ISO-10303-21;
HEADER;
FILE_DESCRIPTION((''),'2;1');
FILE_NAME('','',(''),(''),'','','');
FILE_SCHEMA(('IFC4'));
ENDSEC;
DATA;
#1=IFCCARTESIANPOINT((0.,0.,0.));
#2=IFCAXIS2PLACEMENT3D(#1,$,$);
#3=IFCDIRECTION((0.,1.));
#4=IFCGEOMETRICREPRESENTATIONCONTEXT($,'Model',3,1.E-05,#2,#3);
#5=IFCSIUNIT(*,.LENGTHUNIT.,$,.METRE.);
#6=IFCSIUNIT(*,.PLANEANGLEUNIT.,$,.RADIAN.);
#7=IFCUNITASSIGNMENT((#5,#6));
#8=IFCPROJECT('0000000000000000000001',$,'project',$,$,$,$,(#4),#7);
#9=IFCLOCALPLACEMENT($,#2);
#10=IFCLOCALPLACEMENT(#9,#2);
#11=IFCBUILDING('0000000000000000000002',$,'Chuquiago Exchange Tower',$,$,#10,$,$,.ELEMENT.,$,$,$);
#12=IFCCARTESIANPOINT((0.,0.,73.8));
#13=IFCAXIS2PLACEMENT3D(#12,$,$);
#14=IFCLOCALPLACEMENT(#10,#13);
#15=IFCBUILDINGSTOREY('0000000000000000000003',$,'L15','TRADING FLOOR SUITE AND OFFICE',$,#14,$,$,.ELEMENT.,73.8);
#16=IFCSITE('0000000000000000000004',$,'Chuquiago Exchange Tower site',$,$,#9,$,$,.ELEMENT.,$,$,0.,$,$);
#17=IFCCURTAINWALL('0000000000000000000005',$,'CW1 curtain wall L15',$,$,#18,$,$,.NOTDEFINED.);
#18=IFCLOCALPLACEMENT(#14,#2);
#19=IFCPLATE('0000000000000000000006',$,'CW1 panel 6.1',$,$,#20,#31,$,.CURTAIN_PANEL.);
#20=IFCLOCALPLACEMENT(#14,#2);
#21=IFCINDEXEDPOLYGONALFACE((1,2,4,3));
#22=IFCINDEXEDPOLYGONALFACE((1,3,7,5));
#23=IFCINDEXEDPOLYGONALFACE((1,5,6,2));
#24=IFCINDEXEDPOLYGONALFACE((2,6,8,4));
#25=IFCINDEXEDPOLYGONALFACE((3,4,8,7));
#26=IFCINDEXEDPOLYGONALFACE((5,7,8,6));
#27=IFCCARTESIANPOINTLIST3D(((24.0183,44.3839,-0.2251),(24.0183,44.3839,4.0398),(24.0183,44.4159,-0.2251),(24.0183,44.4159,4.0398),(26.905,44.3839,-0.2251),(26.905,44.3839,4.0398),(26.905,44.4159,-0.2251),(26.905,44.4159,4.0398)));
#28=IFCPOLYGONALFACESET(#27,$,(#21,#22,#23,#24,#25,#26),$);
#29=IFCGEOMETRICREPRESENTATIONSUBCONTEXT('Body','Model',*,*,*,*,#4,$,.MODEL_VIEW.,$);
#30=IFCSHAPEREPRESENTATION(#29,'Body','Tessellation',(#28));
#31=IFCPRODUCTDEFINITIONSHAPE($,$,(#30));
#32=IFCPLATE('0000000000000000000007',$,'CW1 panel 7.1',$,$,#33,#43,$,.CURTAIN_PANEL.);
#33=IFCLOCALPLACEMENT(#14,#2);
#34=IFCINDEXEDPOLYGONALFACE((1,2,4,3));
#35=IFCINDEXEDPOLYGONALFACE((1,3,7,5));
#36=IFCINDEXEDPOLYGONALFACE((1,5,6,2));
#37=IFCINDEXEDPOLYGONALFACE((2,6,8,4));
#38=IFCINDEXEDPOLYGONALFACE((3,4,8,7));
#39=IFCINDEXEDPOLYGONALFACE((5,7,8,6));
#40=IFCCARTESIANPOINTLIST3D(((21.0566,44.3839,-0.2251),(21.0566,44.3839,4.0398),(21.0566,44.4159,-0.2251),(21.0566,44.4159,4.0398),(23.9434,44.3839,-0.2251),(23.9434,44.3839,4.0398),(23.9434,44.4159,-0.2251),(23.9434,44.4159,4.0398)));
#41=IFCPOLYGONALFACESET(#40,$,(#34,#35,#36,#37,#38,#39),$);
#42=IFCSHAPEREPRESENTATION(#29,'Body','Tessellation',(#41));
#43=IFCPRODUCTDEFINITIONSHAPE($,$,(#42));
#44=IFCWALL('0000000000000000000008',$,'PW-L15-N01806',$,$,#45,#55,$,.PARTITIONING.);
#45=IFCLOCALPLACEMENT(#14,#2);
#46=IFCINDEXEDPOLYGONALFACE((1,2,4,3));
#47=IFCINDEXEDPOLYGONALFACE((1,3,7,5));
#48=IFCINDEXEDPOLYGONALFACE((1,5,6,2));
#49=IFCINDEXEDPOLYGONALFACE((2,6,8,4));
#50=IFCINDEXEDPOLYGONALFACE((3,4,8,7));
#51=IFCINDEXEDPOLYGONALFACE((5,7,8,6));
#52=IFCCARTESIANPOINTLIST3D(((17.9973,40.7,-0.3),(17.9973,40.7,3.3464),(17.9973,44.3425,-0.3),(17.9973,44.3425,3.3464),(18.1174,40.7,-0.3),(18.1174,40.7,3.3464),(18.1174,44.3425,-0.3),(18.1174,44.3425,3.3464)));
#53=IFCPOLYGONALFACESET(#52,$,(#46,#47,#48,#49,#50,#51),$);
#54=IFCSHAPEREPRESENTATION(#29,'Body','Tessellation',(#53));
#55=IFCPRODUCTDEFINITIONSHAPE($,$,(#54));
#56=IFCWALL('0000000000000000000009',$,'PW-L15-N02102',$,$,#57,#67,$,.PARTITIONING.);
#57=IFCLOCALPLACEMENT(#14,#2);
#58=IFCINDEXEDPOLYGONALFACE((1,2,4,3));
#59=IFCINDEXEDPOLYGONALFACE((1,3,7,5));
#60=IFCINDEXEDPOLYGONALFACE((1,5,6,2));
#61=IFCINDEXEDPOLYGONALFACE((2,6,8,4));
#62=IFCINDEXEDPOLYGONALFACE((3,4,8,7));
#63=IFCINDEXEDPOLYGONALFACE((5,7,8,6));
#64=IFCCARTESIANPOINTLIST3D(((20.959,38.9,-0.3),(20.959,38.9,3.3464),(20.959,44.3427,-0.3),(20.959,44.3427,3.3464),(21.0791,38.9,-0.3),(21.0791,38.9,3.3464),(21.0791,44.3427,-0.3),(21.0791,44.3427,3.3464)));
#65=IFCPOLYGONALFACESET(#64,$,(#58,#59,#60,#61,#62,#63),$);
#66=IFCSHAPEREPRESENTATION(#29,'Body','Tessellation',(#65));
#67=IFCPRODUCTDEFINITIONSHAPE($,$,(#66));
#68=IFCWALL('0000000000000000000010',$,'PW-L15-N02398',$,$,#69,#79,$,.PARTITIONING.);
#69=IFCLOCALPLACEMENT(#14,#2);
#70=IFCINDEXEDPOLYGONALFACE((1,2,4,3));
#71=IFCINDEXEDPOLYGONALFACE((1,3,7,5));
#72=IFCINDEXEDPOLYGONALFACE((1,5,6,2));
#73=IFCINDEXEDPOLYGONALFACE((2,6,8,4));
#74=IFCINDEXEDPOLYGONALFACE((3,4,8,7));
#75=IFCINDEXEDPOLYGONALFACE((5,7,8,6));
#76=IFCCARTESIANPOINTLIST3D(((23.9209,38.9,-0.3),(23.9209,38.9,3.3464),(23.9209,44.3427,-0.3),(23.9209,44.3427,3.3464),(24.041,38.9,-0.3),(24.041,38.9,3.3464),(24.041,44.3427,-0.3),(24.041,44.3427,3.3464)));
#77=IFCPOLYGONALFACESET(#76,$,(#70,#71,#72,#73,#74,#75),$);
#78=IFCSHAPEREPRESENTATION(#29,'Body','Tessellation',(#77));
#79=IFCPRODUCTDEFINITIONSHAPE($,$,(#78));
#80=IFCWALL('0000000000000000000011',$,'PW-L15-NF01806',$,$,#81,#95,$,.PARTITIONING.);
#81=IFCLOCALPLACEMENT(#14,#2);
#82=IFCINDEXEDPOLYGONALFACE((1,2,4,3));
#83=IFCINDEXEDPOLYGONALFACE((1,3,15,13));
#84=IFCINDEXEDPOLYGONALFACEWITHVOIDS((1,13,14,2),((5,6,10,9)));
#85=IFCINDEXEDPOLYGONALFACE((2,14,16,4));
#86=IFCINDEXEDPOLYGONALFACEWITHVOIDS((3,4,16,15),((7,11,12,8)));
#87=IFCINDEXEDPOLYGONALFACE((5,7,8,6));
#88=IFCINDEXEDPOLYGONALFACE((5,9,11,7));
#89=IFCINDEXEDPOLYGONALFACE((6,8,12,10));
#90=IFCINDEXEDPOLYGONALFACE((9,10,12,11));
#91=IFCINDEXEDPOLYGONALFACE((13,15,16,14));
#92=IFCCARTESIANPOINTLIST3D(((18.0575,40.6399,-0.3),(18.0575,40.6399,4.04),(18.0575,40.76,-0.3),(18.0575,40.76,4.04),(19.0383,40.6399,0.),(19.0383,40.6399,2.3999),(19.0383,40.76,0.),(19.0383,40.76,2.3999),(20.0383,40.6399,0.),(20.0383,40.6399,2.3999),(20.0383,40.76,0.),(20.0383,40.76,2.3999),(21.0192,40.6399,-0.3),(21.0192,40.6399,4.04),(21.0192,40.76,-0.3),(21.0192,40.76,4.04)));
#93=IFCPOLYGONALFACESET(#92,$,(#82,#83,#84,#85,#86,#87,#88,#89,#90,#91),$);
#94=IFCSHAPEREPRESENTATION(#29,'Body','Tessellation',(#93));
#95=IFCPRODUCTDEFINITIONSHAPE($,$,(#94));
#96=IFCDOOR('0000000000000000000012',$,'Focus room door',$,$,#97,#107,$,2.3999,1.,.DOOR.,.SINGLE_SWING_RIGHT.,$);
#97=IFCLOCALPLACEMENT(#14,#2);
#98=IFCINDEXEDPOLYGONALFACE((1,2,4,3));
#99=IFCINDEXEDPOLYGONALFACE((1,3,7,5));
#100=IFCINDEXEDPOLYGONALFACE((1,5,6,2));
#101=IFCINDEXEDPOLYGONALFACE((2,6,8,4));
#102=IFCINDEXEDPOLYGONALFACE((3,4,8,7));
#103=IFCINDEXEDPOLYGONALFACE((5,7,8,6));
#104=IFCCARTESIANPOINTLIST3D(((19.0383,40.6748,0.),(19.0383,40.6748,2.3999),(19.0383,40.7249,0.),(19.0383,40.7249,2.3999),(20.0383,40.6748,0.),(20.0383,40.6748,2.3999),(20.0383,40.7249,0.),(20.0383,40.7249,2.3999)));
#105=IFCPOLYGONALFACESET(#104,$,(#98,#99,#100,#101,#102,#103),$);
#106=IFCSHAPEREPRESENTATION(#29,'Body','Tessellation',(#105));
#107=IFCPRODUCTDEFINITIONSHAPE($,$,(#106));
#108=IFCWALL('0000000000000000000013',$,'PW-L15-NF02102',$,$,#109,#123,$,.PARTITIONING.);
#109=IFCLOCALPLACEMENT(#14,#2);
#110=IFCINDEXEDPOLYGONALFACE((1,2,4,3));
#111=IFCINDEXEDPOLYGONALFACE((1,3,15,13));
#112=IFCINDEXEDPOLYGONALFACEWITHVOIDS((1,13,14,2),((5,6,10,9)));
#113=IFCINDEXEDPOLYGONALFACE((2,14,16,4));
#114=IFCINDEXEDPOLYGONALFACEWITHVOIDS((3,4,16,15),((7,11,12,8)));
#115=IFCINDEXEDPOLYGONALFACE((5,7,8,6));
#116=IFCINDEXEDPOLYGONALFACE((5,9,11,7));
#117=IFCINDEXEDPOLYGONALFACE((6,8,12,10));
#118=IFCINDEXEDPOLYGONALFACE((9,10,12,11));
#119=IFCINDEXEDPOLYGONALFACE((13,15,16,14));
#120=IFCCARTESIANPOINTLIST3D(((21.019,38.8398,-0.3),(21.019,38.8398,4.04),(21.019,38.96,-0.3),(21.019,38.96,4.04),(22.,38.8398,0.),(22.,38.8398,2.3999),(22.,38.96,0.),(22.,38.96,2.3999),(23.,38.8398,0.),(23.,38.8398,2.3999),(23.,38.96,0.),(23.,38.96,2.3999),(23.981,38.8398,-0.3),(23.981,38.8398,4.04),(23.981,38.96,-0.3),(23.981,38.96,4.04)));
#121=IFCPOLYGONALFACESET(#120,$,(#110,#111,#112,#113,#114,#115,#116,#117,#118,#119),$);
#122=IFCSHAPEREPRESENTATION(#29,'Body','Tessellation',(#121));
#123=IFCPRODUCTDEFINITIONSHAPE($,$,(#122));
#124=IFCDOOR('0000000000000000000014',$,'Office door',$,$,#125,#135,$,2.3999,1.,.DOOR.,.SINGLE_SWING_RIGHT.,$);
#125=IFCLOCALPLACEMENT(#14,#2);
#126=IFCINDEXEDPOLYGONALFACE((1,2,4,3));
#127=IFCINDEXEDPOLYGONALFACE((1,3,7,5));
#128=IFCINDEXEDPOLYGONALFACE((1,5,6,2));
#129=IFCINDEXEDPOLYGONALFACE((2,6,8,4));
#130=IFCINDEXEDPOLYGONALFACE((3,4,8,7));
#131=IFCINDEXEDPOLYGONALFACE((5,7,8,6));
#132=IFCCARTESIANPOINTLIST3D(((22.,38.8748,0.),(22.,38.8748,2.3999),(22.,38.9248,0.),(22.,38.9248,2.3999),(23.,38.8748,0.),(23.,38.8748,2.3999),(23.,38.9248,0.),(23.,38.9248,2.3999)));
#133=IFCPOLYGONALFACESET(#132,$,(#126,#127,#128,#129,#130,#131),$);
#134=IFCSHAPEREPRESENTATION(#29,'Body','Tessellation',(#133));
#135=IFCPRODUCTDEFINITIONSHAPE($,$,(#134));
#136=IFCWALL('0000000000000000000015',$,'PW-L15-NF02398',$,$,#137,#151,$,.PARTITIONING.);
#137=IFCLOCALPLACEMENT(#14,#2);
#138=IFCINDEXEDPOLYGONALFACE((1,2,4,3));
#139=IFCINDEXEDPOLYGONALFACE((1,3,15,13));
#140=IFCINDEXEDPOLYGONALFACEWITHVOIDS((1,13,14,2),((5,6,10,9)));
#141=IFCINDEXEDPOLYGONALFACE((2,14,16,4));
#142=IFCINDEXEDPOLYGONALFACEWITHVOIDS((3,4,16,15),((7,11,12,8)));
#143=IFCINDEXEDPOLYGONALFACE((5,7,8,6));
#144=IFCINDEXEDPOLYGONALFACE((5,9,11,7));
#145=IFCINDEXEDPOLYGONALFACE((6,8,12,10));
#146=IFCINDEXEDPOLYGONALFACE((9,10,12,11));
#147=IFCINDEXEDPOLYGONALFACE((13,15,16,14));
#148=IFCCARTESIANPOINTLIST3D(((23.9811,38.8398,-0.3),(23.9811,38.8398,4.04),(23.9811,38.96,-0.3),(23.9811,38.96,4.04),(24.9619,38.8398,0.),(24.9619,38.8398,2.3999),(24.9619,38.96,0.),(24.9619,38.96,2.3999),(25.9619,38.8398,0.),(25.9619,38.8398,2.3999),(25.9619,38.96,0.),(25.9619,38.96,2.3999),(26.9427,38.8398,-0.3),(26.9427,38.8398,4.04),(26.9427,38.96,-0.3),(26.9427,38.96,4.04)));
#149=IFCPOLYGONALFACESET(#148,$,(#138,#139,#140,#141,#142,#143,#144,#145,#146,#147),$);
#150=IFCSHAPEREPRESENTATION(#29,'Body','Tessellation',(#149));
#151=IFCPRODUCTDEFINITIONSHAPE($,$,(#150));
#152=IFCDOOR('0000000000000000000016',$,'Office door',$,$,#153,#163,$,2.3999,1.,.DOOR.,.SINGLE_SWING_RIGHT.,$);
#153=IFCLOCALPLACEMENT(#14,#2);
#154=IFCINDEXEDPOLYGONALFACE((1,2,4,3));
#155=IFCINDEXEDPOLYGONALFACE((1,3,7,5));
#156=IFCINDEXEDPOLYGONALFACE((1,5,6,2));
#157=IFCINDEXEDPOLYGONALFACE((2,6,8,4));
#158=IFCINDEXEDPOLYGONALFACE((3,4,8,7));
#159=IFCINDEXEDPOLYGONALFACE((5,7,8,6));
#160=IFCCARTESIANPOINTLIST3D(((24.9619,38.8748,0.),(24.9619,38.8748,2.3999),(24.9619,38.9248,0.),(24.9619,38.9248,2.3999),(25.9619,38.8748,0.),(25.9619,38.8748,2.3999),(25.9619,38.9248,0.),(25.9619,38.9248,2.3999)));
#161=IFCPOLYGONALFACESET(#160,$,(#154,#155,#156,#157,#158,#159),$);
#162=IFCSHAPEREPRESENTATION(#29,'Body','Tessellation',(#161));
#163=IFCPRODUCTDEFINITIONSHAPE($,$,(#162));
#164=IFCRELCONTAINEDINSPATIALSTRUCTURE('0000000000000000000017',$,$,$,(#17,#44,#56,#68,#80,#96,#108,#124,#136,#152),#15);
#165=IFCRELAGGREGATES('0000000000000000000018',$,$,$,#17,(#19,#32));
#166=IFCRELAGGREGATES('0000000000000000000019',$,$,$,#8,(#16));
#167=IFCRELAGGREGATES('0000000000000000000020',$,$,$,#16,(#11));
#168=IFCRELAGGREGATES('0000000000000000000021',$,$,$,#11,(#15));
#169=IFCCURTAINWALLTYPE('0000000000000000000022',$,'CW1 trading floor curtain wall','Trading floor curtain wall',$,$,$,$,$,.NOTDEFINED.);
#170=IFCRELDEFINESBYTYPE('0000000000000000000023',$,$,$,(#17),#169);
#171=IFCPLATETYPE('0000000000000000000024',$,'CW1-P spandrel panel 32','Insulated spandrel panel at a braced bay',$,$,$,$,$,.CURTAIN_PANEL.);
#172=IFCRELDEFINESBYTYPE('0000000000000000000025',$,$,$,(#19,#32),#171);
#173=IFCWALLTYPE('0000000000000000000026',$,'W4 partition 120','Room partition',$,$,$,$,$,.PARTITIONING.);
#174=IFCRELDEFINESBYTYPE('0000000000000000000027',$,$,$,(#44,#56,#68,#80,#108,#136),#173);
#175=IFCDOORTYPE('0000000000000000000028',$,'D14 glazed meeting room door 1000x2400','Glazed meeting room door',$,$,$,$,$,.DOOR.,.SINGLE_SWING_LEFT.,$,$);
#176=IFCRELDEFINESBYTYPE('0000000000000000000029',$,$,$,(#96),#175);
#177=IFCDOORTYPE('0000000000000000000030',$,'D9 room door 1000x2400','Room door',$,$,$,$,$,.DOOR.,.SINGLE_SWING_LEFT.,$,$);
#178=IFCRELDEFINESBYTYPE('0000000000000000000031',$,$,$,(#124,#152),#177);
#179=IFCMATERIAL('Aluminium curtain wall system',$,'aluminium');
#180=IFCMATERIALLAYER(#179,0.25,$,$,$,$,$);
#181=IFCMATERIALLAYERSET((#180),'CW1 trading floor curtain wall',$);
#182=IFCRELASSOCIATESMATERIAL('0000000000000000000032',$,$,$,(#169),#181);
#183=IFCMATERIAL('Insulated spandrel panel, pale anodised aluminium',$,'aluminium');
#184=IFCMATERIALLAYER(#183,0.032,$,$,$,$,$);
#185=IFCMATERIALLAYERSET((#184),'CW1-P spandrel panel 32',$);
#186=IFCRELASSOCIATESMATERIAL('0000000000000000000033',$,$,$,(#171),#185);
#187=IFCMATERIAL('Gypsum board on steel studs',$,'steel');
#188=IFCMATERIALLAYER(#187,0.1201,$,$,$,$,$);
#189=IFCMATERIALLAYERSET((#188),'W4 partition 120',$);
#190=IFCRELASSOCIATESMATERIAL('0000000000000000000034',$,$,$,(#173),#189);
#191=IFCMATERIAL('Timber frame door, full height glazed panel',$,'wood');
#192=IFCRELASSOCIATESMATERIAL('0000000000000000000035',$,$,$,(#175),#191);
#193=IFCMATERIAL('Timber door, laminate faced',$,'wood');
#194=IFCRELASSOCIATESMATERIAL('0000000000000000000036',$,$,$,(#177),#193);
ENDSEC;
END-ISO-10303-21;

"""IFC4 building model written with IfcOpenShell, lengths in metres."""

from ifc_helpers import new_model, si_unit, direction, frame, frame_2d, origin, origin_2d, place, context, subcontext, project, spatial, rectangle, extrude, material, layer, layer_set, type_object, element, fill, aggregate, save


model = new_model("IFC4")

# Units and contexts
model_context = context("Model", 3, precision=1e-05, world=origin(), true_north=direction((0.0, 1.0)))
body_context = subcontext(model_context, "Body", "Model", "MODEL_VIEW")
ifc_project = project(units=[si_unit("LENGTHUNIT", "METRE"), si_unit("PLANEANGLEUNIT", "RADIAN")], contexts=[model_context])

# Site, building, storey
site_placement = place(None, origin())
site = spatial("IfcSite", under=ifc_project, at=site_placement, Name="Chuquiago Exchange Tower site", CompositionType="ELEMENT", RefElevation=0.0)
building_placement = place(site_placement, origin())
building = spatial("IfcBuilding", under=site, at=building_placement, Name="Chuquiago Exchange Tower", CompositionType="ELEMENT")
storey_placement = place(building_placement, frame((0.0, 0.0, 73.8)))
storey = spatial("IfcBuildingStorey", under=building, at=storey_placement, Name="L15", Description="TRADING FLOOR SUITE AND OFFICE", CompositionType="ELEMENT", Elevation=73.8)

# Curtain wall
ifc_material_1 = material(Name="Aluminium curtain wall system", Category="aluminium")
ifc_layer_1 = layer(ifc_material_1, 0.25)
ifc_layer_set_1 = layer_set([ifc_layer_1], Name="CW1 trading floor curtain wall")
curtain_wall_type = type_object("IfcCurtainWallType", Name="CW1 trading floor curtain wall", Description="Trading floor curtain wall", PredefinedType="NOTDEFINED", material=ifc_layer_set_1)
curtain_wall_placement = place(storey_placement, origin())
curtain_wall = element("IfcCurtainWall", 1, at=curtain_wall_placement, inside=storey, type_object=curtain_wall_type, Name="CW1 curtain wall L15", PredefinedType="NOTDEFINED")

# Plates
ifc_material_2 = material(Name="Insulated spandrel panel, pale anodised aluminium", Category="aluminium")
ifc_layer_2 = layer(ifc_material_2, 0.032)
ifc_layer_set_2 = layer_set([ifc_layer_2], Name="CW1-P spandrel panel 32")
plate_type_1 = type_object("IfcPlateType", Name="CW1-P spandrel panel 32", Description="Insulated spandrel panel at a braced bay", PredefinedType="CURTAIN_PANEL", material=ifc_layer_set_2)
plate_1_placement = place(storey_placement, frame((25.4617, 44.3999, -0.2251), z_axis=(0.0, 0.0, 1.0), x_axis=(-1.0, 0.0, 0.0)))
plate_1 = element("IfcPlate", 2, at=plate_1_placement, type_object=plate_type_1, Name="CW1 panel 6.1", PredefinedType="CURTAIN_PANEL", context=body_context, shape_type="SweptSolid", body=[
    extrude(rectangle(XDim=2.8867, YDim=0.032, at=origin_2d()), origin(), (0.0, 0.0, 1.0), 4.2649),
])
plate_2_placement = place(storey_placement, frame((22.5, 44.3999, -0.2251), z_axis=(0.0, 0.0, 1.0), x_axis=(-1.0, 0.0, 0.0)))
plate_2 = element("IfcPlate", 3, at=plate_2_placement, type_object=plate_type_1, Name="CW1 panel 7.1", PredefinedType="CURTAIN_PANEL", context=body_context, shape_type="SweptSolid", body=[
    extrude(rectangle(XDim=2.8867, YDim=0.032, at=origin_2d()), origin(), (0.0, 0.0, 1.0), 4.2649),
])
aggregate(curtain_wall, [plate_1, plate_2])

# Walls
ifc_material_3 = material(Name="Gypsum board on steel studs", Category="steel")
ifc_layer_3 = layer(ifc_material_3, 0.1201)
ifc_layer_set_3 = layer_set([ifc_layer_3], Name="W4 partition 120")
wall_type = type_object("IfcWallType", Name="W4 partition 120", Description="Room partition", PredefinedType="PARTITIONING", material=ifc_layer_set_3)
wall_1_placement = place(storey_placement, frame((18.0574, 44.3425, -0.3), z_axis=(0.0, 0.0, 1.0), x_axis=(0.0, -1.0, 0.0)))
element("IfcWall", 4, at=wall_1_placement, inside=storey, type_object=wall_type, Name="PW-L15-N01806", PredefinedType="PARTITIONING", context=body_context, shape_type="SweptSolid", body=[
    extrude(rectangle(XDim=3.6426, YDim=0.1201, at=frame_2d((1.8213, 0.0))), origin(), (0.0, 0.0, 1.0), 3.6465),
])
for number, where, z_axis, x_axis, name in (
    (5, (21.019, 44.3425, -0.3), (0.0, 0.0, 1.0), (0.0, -1.0, 0.0), "PW-L15-N02102"),
    (6, (23.981, 44.3425, -0.3), (0.0, 0.0, 1.0), (0.0, -1.0, 0.0), "PW-L15-N02398"),
):
    element("IfcWall", number, at=place(storey_placement, frame(where, z_axis=z_axis, x_axis=x_axis)), inside=storey, type_object=wall_type, Name=name, PredefinedType="PARTITIONING", context=body_context, shape_type="SweptSolid", body=[
        extrude(rectangle(XDim=5.4426, YDim=0.1201, at=frame_2d((2.7212, 0.0))), origin(), (0.0, 0.0, 1.0), 3.6465),
    ])

# Walls, openings, doors
wall_2_placement = place(storey_placement, frame((18.0574, 40.7, -0.3), z_axis=(0.0, 0.0, 1.0), x_axis=(1.0, 0.0, 0.0)))
wall_2 = element("IfcWall", 7, at=wall_2_placement, inside=storey, type_object=wall_type, Name="PW-L15-NF01806", PredefinedType="PARTITIONING", context=body_context, shape_type="SweptSolid", body=[
    extrude(rectangle(XDim=2.9617, YDim=0.1201, at=frame_2d((1.481, 0.0))), origin(), (0.0, 0.0, 1.0), 4.3401),
])
opening_1_placement = place(wall_2_placement, frame((0.981, 0.0, 0.3)))
opening_1 = element("IfcOpeningElement", 8, at=opening_1_placement, cuts=wall_2, PredefinedType="OPENING", context=body_context, shape_type="SweptSolid", body=[
    extrude(rectangle(XDim=1.0, YDim=2.3999, at=frame_2d((0.5, 1.2))), frame((0.0, 0.0701, 0.0), z_axis=(0.0, -1.0, 0.0), x_axis=(1.0, 0.0, 0.0)), (0.0, 0.0, 1.0), 0.1401),
])
ifc_material_4 = material(Name="Timber frame door, full height glazed panel", Category="wood")
door_type_1 = type_object("IfcDoorType", Name="D14 glazed meeting room door 1000x2400", Description="Glazed meeting room door", OperationType="SINGLE_SWING_LEFT", PredefinedType="DOOR", material=ifc_material_4)
door_1_placement = place(opening_1_placement, origin())
door_1 = element("IfcDoor", 9, at=door_1_placement, inside=storey, type_object=door_type_1, Name="Focus room door", OperationType="SINGLE_SWING_RIGHT", OverallHeight=2.3999, OverallWidth=1.0, PredefinedType="DOOR", context=body_context, shape_type="SweptSolid", body=[
    extrude(rectangle(XDim=1.0, YDim=2.3999, at=frame_2d((0.5, 1.2))), frame((0.0, 0.0249, 0.0), z_axis=(0.0, -1.0, 0.0), x_axis=(1.0, 0.0, 0.0)), (0.0, 0.0, 1.0), 0.05),
])
fill(opening_1, door_1)
wall_3_placement = place(storey_placement, frame((21.019, 38.8999, -0.3), z_axis=(0.0, 0.0, 1.0), x_axis=(1.0, 0.0, 0.0)))
wall_3 = element("IfcWall", 10, at=wall_3_placement, inside=storey, type_object=wall_type, Name="PW-L15-NF02102", PredefinedType="PARTITIONING", context=body_context, shape_type="SweptSolid", body=[
    extrude(rectangle(XDim=2.9619, YDim=0.1201, at=frame_2d((1.481, 0.0))), origin(), (0.0, 0.0, 1.0), 4.3401),
])
opening_2_placement = place(wall_3_placement, frame((0.981, 0.0, 0.3)))
opening_2 = element("IfcOpeningElement", 11, at=opening_2_placement, cuts=wall_3, PredefinedType="OPENING", context=body_context, shape_type="SweptSolid", body=[
    extrude(rectangle(XDim=1.0, YDim=2.3999, at=frame_2d((0.5, 1.2))), frame((0.0, 0.0701, 0.0), z_axis=(0.0, -1.0, 0.0), x_axis=(1.0, 0.0, 0.0)), (0.0, 0.0, 1.0), 0.1401),
])
ifc_material_5 = material(Name="Timber door, laminate faced", Category="wood")
door_type_2 = type_object("IfcDoorType", Name="D9 room door 1000x2400", Description="Room door", OperationType="SINGLE_SWING_LEFT", PredefinedType="DOOR", material=ifc_material_5)
door_2_placement = place(opening_2_placement, origin())
door_2 = element("IfcDoor", 12, at=door_2_placement, inside=storey, type_object=door_type_2, Name="Office door", OperationType="SINGLE_SWING_RIGHT", OverallHeight=2.3999, OverallWidth=1.0, PredefinedType="DOOR", context=body_context, shape_type="SweptSolid", body=[
    extrude(rectangle(XDim=1.0, YDim=2.3999, at=frame_2d((0.5, 1.2))), frame((0.0, 0.0249, 0.0), z_axis=(0.0, -1.0, 0.0), x_axis=(1.0, 0.0, 0.0)), (0.0, 0.0, 1.0), 0.05),
])
fill(opening_2, door_2)
wall_4_placement = place(storey_placement, frame((23.981, 38.8999, -0.3), z_axis=(0.0, 0.0, 1.0), x_axis=(1.0, 0.0, 0.0)))
wall_4 = element("IfcWall", 13, at=wall_4_placement, inside=storey, type_object=wall_type, Name="PW-L15-NF02398", PredefinedType="PARTITIONING", context=body_context, shape_type="SweptSolid", body=[
    extrude(rectangle(XDim=2.9617, YDim=0.1201, at=frame_2d((1.481, 0.0))), origin(), (0.0, 0.0, 1.0), 4.3401),
])
opening_3_placement = place(wall_4_placement, frame((0.981, 0.0, 0.3)))
opening_3 = element("IfcOpeningElement", 14, at=opening_3_placement, cuts=wall_4, PredefinedType="OPENING", context=body_context, shape_type="SweptSolid", body=[
    extrude(rectangle(XDim=1.0, YDim=2.3999, at=frame_2d((0.5, 1.2))), frame((0.0, 0.0701, 0.0), z_axis=(0.0, -1.0, 0.0), x_axis=(1.0, 0.0, 0.0)), (0.0, 0.0, 1.0), 0.1401),
])
door_3_placement = place(opening_3_placement, origin())
door_3 = element("IfcDoor", 15, at=door_3_placement, inside=storey, type_object=door_type_2, Name="Office door", OperationType="SINGLE_SWING_RIGHT", OverallHeight=2.3999, OverallWidth=1.0, PredefinedType="DOOR", context=body_context, shape_type="SweptSolid", body=[
    extrude(rectangle(XDim=1.0, YDim=2.3999, at=frame_2d((0.5, 1.2))), frame((0.0, 0.0249, 0.0), z_axis=(0.0, -1.0, 0.0), x_axis=(1.0, 0.0, 0.0)), (0.0, 0.0, 1.0), 0.05),
])
fill(opening_3, door_3)

save(model, "model.ifc")
